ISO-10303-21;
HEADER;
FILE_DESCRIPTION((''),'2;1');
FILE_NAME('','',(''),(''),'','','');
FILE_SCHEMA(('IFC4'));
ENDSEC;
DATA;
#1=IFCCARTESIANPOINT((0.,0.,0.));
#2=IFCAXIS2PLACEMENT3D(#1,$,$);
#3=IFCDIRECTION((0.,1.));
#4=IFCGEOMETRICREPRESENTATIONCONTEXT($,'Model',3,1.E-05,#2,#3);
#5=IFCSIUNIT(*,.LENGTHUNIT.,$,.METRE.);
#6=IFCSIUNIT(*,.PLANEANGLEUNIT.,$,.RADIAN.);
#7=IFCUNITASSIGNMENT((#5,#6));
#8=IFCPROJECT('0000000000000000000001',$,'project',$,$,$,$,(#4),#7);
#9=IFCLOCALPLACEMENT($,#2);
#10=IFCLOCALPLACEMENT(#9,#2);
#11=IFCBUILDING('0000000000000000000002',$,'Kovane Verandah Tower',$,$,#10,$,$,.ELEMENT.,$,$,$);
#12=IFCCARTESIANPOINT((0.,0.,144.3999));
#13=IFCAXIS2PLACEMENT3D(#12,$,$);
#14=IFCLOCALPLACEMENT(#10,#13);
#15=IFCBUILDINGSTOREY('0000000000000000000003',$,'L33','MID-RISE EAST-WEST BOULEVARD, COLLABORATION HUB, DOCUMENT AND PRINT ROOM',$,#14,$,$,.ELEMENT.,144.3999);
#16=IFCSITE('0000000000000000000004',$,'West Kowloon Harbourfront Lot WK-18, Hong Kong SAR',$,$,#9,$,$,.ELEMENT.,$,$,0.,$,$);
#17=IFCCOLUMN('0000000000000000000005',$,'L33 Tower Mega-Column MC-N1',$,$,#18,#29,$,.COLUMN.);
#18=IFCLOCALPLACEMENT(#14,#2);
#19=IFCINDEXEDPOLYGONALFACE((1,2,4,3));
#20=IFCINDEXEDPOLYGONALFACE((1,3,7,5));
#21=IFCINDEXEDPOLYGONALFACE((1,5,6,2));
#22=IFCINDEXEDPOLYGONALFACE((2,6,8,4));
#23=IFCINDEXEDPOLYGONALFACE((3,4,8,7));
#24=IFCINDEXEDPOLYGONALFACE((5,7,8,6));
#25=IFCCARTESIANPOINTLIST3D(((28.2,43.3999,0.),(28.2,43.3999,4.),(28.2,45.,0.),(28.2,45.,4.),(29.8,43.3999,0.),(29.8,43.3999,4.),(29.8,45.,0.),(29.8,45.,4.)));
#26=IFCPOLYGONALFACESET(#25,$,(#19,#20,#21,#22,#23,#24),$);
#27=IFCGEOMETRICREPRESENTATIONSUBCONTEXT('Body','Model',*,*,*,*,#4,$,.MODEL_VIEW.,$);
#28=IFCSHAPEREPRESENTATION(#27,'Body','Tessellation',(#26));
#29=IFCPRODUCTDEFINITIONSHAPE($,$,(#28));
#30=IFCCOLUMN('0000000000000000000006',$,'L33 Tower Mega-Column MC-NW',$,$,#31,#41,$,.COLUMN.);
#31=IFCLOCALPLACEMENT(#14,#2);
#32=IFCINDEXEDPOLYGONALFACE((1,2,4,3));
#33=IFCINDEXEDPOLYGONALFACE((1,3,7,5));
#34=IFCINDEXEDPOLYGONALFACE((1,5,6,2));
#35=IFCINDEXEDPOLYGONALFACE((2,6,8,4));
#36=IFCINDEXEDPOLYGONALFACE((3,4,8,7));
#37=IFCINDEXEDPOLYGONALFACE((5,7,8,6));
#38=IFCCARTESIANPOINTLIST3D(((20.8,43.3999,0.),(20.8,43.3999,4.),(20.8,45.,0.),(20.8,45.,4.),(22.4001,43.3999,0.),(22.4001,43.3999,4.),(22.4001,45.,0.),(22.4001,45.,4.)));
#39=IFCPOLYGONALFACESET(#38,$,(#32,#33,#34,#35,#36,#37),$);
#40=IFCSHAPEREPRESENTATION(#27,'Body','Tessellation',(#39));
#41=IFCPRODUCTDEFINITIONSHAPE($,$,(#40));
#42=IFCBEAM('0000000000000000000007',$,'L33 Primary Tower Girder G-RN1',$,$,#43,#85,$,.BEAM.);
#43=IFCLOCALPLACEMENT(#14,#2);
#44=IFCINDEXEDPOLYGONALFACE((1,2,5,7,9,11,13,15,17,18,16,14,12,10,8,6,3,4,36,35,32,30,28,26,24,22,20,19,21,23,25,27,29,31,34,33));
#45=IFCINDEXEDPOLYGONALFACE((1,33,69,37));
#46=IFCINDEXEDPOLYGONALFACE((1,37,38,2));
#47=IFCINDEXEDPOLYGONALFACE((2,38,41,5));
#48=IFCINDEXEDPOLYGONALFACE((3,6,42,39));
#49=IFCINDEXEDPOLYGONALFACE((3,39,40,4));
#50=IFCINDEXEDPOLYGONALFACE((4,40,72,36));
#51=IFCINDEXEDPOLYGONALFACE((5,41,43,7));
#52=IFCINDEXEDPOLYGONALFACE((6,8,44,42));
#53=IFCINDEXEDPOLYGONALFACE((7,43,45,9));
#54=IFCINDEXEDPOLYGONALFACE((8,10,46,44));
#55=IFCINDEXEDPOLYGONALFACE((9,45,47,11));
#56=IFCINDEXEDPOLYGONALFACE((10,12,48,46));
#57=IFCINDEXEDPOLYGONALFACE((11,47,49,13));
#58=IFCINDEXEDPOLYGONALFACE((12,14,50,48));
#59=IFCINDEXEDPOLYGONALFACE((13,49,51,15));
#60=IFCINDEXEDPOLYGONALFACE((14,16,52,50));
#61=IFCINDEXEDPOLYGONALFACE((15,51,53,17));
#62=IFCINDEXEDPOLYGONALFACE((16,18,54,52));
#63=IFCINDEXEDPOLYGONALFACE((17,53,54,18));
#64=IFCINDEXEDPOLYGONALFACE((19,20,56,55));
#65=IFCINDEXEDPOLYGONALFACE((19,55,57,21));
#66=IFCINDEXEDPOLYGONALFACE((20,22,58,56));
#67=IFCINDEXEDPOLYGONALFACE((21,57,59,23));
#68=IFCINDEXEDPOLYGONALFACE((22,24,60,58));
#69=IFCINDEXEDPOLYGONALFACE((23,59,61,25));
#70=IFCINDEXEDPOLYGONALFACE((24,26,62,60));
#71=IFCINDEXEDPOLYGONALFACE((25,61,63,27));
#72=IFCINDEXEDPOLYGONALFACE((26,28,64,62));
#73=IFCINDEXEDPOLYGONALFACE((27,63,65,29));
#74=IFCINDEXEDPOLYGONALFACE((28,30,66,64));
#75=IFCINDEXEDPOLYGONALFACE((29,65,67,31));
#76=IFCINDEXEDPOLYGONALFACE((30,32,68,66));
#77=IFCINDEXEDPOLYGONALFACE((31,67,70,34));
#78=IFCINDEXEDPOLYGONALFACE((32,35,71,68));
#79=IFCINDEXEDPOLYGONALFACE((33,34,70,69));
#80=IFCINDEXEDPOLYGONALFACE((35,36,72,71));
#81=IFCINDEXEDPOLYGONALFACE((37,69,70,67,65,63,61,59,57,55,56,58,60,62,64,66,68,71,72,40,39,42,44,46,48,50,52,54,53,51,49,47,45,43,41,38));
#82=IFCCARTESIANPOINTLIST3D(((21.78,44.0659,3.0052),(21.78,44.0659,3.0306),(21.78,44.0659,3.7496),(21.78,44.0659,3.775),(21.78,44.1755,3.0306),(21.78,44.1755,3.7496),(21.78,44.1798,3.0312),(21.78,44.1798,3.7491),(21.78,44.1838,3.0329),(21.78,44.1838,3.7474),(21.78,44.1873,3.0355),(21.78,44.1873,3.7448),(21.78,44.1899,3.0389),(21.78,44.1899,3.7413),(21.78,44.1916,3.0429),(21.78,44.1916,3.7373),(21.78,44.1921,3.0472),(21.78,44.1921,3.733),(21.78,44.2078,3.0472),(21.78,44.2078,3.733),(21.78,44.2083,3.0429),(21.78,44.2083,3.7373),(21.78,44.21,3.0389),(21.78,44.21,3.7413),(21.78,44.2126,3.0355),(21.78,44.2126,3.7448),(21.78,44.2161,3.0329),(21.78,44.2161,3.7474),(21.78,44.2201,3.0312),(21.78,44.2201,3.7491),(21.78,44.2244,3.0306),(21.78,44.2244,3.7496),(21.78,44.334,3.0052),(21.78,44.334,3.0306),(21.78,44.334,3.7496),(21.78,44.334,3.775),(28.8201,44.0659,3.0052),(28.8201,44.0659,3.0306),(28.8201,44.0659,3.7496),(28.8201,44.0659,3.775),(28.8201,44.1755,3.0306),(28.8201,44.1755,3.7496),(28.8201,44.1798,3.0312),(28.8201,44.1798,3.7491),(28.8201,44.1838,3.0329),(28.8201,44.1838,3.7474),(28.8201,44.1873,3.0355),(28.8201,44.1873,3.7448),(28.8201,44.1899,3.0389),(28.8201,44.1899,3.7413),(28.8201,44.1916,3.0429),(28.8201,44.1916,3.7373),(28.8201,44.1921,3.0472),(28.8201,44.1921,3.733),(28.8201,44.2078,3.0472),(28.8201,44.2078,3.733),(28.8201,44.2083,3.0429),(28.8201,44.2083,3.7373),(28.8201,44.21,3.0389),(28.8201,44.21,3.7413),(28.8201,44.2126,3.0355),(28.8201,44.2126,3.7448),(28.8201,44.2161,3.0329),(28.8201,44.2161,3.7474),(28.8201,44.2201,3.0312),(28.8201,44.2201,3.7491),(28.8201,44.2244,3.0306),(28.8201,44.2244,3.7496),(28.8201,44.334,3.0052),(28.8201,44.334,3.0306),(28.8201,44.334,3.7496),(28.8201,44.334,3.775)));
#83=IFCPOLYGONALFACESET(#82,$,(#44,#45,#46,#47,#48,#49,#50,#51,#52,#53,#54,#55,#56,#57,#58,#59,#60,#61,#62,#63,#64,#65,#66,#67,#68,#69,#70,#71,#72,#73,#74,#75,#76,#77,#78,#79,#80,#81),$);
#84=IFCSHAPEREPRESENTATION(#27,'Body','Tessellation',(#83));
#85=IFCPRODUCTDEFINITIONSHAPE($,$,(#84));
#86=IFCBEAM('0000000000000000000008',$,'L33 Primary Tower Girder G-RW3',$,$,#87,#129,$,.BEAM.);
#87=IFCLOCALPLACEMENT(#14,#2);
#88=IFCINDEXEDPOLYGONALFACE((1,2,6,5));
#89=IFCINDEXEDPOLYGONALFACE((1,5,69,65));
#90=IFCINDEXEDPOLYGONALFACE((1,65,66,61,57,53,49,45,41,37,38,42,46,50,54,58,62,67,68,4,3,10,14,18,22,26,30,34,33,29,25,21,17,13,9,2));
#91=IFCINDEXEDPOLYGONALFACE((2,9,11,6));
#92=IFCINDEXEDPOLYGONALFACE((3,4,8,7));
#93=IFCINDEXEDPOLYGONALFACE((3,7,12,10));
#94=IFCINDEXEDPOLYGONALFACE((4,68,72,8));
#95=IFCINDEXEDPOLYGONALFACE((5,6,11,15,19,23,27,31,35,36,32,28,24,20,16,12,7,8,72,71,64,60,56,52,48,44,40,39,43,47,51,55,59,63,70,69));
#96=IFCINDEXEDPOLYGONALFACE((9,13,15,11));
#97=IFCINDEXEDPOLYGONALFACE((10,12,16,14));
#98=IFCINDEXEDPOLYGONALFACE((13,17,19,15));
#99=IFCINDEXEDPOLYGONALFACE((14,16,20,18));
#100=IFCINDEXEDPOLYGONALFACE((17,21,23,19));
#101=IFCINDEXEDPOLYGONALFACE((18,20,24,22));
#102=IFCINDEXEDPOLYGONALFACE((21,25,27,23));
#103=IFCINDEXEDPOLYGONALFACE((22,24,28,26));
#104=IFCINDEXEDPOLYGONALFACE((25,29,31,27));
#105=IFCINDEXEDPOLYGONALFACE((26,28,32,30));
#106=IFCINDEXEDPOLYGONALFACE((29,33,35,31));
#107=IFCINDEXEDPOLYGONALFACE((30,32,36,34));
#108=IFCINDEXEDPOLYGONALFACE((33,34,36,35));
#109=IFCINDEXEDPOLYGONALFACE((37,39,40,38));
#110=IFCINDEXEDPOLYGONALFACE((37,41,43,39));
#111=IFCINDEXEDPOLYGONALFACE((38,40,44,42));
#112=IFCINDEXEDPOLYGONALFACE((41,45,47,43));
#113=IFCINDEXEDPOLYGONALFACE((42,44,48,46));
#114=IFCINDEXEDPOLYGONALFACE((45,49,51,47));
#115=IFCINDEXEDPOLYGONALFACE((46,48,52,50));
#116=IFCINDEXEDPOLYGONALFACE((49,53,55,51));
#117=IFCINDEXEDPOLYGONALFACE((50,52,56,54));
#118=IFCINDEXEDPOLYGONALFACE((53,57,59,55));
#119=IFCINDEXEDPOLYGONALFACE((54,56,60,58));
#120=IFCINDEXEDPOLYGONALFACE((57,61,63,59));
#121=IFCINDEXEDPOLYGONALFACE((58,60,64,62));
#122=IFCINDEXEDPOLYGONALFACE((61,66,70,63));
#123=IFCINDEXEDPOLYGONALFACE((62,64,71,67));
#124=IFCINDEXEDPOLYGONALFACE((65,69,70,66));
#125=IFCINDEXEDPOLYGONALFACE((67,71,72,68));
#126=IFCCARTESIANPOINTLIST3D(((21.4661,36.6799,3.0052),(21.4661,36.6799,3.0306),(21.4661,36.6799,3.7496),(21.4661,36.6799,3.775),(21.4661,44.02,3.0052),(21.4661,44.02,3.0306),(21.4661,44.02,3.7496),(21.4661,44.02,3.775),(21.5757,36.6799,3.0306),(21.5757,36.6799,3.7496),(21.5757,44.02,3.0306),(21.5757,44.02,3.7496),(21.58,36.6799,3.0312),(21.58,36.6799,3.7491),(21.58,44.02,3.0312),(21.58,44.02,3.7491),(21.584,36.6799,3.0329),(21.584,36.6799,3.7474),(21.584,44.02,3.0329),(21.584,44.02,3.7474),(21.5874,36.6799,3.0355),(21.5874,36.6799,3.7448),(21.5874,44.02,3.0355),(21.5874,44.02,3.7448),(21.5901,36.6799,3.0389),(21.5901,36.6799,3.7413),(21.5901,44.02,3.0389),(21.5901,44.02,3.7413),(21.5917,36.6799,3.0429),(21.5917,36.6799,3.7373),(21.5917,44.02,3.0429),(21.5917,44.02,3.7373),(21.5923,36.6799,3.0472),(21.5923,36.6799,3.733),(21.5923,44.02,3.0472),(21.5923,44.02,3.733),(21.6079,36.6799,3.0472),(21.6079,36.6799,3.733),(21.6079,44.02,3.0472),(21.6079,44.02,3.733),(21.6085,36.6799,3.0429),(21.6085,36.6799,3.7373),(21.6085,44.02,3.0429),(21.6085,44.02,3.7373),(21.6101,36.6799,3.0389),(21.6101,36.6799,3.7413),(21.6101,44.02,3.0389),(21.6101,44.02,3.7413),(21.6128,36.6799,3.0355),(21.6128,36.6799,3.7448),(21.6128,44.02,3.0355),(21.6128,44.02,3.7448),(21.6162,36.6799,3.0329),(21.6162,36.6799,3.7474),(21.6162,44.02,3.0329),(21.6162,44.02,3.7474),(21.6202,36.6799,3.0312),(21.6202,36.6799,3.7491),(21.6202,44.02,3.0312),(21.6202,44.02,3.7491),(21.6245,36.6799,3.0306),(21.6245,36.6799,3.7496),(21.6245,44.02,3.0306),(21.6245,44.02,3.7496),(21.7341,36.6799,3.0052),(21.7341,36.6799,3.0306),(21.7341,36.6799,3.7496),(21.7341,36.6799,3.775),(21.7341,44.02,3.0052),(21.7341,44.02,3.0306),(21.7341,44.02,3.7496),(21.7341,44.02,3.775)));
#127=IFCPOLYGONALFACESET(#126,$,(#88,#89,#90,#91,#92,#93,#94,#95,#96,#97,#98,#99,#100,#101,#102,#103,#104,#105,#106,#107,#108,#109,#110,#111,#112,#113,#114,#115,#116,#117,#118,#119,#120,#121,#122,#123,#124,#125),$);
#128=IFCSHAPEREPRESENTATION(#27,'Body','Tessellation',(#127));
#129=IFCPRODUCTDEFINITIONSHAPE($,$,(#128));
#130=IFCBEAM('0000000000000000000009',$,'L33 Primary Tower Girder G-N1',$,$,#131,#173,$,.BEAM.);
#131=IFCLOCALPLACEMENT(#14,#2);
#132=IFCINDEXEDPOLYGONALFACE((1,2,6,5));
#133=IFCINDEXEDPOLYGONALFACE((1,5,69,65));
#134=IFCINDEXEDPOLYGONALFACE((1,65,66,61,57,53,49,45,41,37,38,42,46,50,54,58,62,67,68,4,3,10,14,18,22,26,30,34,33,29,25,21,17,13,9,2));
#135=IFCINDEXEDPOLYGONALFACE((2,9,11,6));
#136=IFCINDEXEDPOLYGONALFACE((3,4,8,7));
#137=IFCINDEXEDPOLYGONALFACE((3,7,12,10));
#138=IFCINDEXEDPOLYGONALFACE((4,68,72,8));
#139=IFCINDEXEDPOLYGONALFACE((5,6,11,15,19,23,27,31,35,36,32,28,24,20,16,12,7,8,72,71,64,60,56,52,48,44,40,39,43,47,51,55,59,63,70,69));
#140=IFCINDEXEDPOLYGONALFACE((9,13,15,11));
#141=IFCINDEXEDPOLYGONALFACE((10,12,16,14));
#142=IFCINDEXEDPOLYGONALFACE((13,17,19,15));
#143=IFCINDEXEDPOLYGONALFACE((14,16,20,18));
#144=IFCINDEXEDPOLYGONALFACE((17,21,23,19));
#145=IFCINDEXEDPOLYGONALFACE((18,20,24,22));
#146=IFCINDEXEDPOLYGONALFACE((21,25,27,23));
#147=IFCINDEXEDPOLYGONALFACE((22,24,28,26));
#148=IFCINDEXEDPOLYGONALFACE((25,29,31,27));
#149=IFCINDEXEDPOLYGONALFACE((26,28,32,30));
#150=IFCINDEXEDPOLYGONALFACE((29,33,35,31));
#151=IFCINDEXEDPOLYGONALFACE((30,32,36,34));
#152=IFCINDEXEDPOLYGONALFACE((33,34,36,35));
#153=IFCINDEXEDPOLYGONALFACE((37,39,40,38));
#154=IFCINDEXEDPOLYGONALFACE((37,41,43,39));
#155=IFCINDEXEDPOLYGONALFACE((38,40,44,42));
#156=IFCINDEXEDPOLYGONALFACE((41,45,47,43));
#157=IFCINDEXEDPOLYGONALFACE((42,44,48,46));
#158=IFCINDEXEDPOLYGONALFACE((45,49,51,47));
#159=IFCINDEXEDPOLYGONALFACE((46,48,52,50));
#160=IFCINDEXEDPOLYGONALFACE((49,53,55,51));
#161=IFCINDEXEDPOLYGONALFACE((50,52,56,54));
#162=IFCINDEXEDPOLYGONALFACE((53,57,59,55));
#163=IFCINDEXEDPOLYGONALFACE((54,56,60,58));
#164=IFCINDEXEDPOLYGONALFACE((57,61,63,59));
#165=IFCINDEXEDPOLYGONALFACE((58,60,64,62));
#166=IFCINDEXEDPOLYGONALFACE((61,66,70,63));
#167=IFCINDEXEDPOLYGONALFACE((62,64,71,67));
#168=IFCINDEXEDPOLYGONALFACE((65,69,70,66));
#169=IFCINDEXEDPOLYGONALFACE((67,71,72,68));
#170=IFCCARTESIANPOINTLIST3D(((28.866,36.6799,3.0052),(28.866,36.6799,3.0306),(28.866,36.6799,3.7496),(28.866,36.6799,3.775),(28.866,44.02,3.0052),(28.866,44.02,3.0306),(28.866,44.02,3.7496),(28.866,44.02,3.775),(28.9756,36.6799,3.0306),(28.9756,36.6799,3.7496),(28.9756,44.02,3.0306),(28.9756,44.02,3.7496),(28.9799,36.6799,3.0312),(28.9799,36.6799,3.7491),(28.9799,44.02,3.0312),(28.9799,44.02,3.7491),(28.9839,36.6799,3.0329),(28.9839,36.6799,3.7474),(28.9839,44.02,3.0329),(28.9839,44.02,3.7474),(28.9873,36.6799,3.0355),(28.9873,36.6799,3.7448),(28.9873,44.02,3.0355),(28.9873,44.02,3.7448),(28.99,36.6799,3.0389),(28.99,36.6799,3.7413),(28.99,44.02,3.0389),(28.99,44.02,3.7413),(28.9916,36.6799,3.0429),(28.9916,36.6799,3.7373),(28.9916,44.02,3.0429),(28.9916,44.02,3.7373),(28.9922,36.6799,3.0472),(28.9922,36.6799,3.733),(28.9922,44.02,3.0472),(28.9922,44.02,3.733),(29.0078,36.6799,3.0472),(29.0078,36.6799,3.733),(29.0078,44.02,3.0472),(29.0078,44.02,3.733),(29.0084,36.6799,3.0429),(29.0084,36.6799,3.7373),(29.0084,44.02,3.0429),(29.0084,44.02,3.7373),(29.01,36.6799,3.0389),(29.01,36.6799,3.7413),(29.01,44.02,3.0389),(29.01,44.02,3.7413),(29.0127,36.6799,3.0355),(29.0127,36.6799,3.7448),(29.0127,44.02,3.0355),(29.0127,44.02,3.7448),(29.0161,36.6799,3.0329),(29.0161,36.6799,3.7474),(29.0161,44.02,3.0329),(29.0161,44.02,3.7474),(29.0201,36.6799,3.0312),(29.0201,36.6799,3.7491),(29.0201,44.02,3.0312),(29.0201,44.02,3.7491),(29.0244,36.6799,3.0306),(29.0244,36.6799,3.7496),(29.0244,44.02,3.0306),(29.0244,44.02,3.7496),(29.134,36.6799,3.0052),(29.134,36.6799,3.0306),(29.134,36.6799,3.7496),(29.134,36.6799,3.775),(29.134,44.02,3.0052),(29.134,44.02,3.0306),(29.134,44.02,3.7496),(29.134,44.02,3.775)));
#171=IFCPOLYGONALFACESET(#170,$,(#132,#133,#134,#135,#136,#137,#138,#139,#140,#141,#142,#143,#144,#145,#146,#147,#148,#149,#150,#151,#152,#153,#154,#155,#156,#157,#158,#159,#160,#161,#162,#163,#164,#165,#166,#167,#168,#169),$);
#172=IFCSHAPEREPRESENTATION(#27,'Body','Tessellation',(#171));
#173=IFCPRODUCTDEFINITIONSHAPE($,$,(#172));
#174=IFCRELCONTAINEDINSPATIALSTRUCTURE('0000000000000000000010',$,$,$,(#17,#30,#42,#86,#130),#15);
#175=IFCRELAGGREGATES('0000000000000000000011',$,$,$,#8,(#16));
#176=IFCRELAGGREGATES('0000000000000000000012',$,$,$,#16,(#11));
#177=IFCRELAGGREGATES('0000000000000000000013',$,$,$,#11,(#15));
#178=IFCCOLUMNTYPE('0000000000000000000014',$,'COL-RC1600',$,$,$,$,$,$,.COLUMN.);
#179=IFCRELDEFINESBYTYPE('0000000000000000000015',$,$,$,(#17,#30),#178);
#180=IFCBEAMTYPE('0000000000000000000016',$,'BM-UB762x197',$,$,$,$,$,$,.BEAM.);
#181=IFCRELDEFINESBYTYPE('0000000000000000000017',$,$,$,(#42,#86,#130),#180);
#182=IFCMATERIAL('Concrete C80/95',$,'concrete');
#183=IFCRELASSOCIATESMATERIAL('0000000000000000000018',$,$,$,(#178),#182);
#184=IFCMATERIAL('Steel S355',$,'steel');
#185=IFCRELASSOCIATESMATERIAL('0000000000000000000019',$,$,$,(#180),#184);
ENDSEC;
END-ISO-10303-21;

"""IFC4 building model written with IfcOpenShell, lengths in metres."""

from ifc_helpers import new_model, si_unit, direction, frame, origin, origin_2d, place, context, subcontext, project, spatial, rectangle, i_section, extrude, material, material_profile, profile_set, type_object, element, save


model = new_model("IFC4")

# Units and contexts
model_context = context("Model", 3, precision=1e-05, world=origin(), true_north=direction((0.0, 1.0)))
body_context = subcontext(model_context, "Body", "Model", "MODEL_VIEW")
ifc_project = project(units=[si_unit("LENGTHUNIT", "METRE"), si_unit("PLANEANGLEUNIT", "RADIAN")], contexts=[model_context])

# Site, building, storey
site_placement = place(None, origin())
site = spatial("IfcSite", under=ifc_project, at=site_placement, Name="West Kowloon Harbourfront Lot WK-18, Hong Kong SAR", CompositionType="ELEMENT", RefElevation=0.0)
building_placement = place(site_placement, origin())
building = spatial("IfcBuilding", under=site, at=building_placement, Name="Kovane Verandah Tower", CompositionType="ELEMENT")
storey_placement = place(building_placement, frame((0.0, 0.0, 144.3999)))
storey = spatial("IfcBuildingStorey", under=building, at=storey_placement, Name="L33", Description="MID-RISE EAST-WEST BOULEVARD, COLLABORATION HUB, DOCUMENT AND PRINT ROOM", CompositionType="ELEMENT", Elevation=144.3999)

# Columns
ifc_material_1 = material(Name="Concrete C80/95", Category="concrete")
ifc_material_profile_1 = material_profile(ifc_material_1, rectangle(XDim=1.6001, YDim=1.6001, at=origin_2d()), Name="RC1600x1600")
ifc_profile_set_1 = profile_set([ifc_material_profile_1], Name="Concrete C80/95")
column_type = type_object("IfcColumnType", Name="COL-RC1600", PredefinedType="COLUMN", material=ifc_profile_set_1)
for number, where, z_axis, x_axis, name in (
    (1, (29.0, 44.2, 0.0), (0.0, 0.0, 1.0), (1.0, 0.0, 0.0), "L33 Tower Mega-Column MC-N1"),
    (2, (21.6001, 44.2, 0.0), (0.0, 0.0, 1.0), (1.0, 0.0, 0.0), "L33 Tower Mega-Column MC-NW"),
):
    element("IfcColumn", number, at=place(storey_placement, frame(where, z_axis=z_axis, x_axis=x_axis)), inside=storey, type_object=column_type, Name=name, PredefinedType="COLUMN", context=body_context, shape_type="SweptSolid", body=[
        extrude(rectangle(XDim=1.6001, YDim=1.6001, at=origin_2d()), origin(), (0.0, 0.0, 1.0), 4.0),
    ])

# Beams
ifc_material_2 = material(Name="Steel S355", Category="steel")
ifc_material_profile_2 = material_profile(ifc_material_2, i_section(OverallWidth=0.2681, OverallDepth=0.7698, WebThickness=0.0156, FlangeThickness=0.0254, FilletRadius=0.0166, at=origin_2d()), Name="UB762x267x197")
ifc_profile_set_2 = profile_set([ifc_material_profile_2], Name="Steel S355")
beam_type = type_object("IfcBeamType", Name="BM-UB762x197", PredefinedType="BEAM", material=ifc_profile_set_2)
beam_1_placement = place(storey_placement, frame((21.78, 44.2, 3.3901), z_axis=(1.0, 0.0, 0.0), x_axis=(0.0, 1.0, 0.0)))
element("IfcBeam", 3, at=beam_1_placement, inside=storey, type_object=beam_type, Name="L33 Primary Tower Girder G-RN1", PredefinedType="BEAM", context=body_context, shape_type="SweptSolid", body=[
    extrude(i_section(OverallWidth=0.2681, OverallDepth=0.7698, WebThickness=0.0156, FlangeThickness=0.0254, FilletRadius=0.0166, at=origin_2d()), origin(), (0.0, 0.0, 1.0), 7.04),
])
for number, where, z_axis, x_axis, name in (
    (4, (21.6001, 36.6799, 3.3901), (0.0, 1.0, 0.0), (-1.0, 0.0, 0.0), "L33 Primary Tower Girder G-RW3"),
    (5, (29.0, 36.6799, 3.3901), (0.0, 1.0, 0.0), (-1.0, 0.0, 0.0), "L33 Primary Tower Girder G-N1"),
):
    element("IfcBeam", number, at=place(storey_placement, frame(where, z_axis=z_axis, x_axis=x_axis)), inside=storey, type_object=beam_type, Name=name, PredefinedType="BEAM", context=body_context, shape_type="SweptSolid", body=[
        extrude(i_section(OverallWidth=0.2681, OverallDepth=0.7698, WebThickness=0.0156, FlangeThickness=0.0254, FilletRadius=0.0166, at=origin_2d()), origin(), (0.0, 0.0, 1.0), 7.3401),
    ])

save(model, "model.ifc")
